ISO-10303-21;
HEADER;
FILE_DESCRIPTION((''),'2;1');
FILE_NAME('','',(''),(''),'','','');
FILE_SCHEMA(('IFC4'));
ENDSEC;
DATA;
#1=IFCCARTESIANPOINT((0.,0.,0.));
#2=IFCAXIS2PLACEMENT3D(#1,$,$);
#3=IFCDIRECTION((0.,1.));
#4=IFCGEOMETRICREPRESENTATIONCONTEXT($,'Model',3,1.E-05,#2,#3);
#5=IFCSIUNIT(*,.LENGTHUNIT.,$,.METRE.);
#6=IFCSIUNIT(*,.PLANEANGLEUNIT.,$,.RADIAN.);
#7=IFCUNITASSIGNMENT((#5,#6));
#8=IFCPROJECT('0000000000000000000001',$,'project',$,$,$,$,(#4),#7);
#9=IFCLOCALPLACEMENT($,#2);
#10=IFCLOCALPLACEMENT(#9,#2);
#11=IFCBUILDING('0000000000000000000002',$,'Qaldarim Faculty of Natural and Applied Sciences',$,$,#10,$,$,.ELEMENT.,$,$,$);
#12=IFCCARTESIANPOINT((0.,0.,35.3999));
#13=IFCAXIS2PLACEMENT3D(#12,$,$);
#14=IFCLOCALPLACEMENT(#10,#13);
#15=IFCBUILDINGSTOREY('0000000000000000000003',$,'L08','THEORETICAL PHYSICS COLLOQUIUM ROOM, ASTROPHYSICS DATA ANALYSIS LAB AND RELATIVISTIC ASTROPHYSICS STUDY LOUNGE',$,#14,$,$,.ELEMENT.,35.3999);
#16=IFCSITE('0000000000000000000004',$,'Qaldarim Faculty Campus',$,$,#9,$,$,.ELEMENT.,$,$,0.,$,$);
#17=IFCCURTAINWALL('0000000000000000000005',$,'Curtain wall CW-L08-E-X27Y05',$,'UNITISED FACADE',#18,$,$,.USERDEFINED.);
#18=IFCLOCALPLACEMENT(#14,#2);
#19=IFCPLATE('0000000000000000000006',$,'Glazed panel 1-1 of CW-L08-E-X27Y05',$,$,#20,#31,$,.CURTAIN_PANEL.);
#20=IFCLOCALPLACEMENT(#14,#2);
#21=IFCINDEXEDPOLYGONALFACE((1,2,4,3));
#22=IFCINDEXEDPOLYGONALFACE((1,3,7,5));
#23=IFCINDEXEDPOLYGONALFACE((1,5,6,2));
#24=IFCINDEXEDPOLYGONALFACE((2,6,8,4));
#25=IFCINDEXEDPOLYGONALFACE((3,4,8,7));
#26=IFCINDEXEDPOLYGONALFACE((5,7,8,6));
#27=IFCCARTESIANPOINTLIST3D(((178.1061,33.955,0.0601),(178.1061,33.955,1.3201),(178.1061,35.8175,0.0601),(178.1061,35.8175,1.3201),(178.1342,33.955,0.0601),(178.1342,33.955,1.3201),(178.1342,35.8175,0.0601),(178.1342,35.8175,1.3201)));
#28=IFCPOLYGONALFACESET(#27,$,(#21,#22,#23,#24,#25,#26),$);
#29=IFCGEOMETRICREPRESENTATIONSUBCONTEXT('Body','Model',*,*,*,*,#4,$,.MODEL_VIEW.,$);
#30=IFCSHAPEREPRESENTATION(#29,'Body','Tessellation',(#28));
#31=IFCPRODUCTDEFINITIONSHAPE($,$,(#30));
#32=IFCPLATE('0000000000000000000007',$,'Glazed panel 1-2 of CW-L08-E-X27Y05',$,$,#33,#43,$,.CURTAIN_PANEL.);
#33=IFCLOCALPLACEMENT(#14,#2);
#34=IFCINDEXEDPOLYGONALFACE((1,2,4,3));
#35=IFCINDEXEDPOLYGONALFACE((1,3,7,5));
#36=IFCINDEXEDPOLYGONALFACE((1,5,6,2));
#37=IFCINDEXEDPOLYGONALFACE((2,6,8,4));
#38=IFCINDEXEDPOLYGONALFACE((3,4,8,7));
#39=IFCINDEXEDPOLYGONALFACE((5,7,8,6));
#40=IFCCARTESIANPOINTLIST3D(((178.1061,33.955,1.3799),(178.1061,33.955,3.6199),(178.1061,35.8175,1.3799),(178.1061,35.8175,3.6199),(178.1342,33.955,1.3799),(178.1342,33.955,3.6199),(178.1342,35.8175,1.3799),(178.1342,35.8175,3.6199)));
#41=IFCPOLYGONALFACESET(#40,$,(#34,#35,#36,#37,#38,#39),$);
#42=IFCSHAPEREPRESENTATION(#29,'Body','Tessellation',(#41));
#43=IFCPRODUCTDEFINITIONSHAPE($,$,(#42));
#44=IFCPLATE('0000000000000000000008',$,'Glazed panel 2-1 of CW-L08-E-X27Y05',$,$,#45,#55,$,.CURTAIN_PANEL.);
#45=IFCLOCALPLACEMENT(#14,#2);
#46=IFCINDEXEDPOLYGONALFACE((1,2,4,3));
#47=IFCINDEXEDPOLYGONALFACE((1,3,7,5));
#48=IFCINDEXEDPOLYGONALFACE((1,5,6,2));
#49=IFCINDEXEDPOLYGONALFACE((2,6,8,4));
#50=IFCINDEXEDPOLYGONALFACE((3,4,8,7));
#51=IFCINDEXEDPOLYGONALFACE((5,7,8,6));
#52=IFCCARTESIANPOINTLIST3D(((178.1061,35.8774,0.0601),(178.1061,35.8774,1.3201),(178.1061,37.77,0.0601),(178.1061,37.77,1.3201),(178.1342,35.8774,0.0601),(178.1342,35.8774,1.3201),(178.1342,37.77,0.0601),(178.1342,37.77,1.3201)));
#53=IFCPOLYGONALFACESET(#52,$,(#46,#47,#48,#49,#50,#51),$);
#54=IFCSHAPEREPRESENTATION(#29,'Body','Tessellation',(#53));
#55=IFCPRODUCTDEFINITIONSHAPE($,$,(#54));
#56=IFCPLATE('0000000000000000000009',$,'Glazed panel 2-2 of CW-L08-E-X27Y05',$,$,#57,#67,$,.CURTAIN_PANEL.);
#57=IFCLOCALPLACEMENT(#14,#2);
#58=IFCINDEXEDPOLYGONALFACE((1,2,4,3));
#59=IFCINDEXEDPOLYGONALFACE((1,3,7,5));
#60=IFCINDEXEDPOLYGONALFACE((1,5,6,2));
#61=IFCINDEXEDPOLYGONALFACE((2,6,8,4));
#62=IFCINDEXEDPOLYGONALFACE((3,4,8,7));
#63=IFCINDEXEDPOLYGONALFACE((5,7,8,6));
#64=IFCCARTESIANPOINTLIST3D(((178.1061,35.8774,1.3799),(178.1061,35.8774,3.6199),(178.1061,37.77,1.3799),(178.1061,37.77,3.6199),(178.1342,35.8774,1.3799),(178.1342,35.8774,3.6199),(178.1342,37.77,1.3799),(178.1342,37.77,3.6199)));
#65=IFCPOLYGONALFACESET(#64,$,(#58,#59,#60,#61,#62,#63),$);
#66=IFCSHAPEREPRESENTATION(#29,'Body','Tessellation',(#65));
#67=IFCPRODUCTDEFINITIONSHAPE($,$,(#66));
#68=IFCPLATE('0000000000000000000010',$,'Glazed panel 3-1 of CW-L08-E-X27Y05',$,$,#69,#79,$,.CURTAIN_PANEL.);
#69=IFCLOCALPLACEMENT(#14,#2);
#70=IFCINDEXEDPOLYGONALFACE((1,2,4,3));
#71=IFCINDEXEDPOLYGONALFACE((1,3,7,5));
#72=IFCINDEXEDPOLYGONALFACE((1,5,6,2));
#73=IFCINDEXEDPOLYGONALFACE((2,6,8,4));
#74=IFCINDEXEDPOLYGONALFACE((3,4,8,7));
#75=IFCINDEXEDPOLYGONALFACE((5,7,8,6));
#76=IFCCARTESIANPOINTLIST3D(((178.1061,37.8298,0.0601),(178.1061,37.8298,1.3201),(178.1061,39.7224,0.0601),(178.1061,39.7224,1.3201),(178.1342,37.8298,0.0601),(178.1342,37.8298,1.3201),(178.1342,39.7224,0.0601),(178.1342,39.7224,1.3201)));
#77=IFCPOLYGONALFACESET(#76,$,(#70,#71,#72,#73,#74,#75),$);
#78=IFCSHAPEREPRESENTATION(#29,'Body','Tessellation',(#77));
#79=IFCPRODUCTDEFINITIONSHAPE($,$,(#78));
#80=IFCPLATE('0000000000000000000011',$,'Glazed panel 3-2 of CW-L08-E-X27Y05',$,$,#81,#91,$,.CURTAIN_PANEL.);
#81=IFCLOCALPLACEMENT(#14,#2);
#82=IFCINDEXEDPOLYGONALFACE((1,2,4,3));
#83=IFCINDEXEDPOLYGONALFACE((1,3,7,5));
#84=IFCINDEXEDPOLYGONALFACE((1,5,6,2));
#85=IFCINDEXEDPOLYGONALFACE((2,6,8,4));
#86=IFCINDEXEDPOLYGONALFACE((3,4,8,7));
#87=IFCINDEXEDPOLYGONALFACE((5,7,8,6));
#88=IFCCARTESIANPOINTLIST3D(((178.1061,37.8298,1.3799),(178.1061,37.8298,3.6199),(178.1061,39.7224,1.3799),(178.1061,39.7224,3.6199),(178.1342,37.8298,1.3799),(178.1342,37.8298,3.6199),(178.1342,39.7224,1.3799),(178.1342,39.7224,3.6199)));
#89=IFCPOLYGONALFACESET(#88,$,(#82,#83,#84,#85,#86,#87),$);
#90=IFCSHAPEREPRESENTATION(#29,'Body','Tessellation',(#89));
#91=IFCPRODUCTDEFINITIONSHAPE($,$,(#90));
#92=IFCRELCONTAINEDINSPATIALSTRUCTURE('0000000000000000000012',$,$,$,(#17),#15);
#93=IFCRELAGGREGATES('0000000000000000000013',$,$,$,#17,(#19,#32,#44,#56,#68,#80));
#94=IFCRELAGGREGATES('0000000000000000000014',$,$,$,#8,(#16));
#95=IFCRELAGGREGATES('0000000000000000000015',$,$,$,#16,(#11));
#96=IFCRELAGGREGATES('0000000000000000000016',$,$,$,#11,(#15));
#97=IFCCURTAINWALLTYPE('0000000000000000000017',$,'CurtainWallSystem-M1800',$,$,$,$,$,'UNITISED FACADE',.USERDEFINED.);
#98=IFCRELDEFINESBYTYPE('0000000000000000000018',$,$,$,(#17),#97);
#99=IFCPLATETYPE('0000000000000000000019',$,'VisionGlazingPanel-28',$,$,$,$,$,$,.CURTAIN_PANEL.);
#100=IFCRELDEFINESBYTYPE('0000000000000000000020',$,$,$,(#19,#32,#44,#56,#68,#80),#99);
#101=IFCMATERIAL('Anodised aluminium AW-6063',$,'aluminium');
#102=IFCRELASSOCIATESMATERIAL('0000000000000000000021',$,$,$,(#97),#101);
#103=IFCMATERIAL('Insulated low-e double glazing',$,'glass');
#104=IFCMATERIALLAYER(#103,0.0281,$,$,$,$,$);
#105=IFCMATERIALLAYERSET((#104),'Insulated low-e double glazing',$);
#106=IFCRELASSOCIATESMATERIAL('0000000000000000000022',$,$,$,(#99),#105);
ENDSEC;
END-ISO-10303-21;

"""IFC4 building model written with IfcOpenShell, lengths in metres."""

from ifc_helpers import new_model, si_unit, direction, frame, origin, origin_2d, place, context, subcontext, project, spatial, rectangle, extrude, material, layer, layer_set, type_object, element, aggregate, save


model = new_model("IFC4")

# Units and contexts
model_context = context("Model", 3, precision=1e-05, world=origin(), true_north=direction((0.0, 1.0)))
body_context = subcontext(model_context, "Body", "Model", "MODEL_VIEW")
ifc_project = project(units=[si_unit("LENGTHUNIT", "METRE"), si_unit("PLANEANGLEUNIT", "RADIAN")], contexts=[model_context])

# Site, building, storey
site_placement = place(None, origin())
site = spatial("IfcSite", under=ifc_project, at=site_placement, Name="Qaldarim Faculty Campus", CompositionType="ELEMENT", RefElevation=0.0)
building_placement = place(site_placement, origin())
building = spatial("IfcBuilding", under=site, at=building_placement, Name="Qaldarim Faculty of Natural and Applied Sciences", CompositionType="ELEMENT")
storey_placement = place(building_placement, frame((0.0, 0.0, 35.3999)))
storey = spatial("IfcBuildingStorey", under=building, at=storey_placement, Name="L08", Description="THEORETICAL PHYSICS COLLOQUIUM ROOM, ASTROPHYSICS DATA ANALYSIS LAB AND RELATIVISTIC ASTROPHYSICS STUDY LOUNGE", CompositionType="ELEMENT", Elevation=35.3999)

# Curtain wall, plates
ifc_material_1 = material(Name="Anodised aluminium AW-6063", Category="aluminium")
curtain_wall_type = type_object("IfcCurtainWallType", Name="CurtainWallSystem-M1800", ElementType="UNITISED FACADE", PredefinedType="USERDEFINED", material=ifc_material_1)
curtain_wall_placement = place(storey_placement, origin())
curtain_wall = element("IfcCurtainWall", 1, at=curtain_wall_placement, inside=storey, type_object=curtain_wall_type, Name="Curtain wall CW-L08-E-X27Y05", ObjectType="UNITISED FACADE", PredefinedType="USERDEFINED")
ifc_material_2 = material(Name="Insulated low-e double glazing", Category="glass")
ifc_layer = layer(ifc_material_2, 0.0281)
ifc_layer_set = layer_set([ifc_layer], Name="Insulated low-e double glazing")
plate_type = type_object("IfcPlateType", Name="VisionGlazingPanel-28", PredefinedType="CURTAIN_PANEL", material=ifc_layer_set)
plate_1_placement = place(storey_placement, frame((178.1201, 34.8862, 0.0601), z_axis=(0.0, 0.0, 1.0), x_axis=(0.0, 1.0, 0.0)))
plate_1 = element("IfcPlate", 2, at=plate_1_placement, type_object=plate_type, Name="Glazed panel 1-1 of CW-L08-E-X27Y05", PredefinedType="CURTAIN_PANEL", context=body_context, shape_type="SweptSolid", body=[
    extrude(rectangle(XDim=1.8625, YDim=0.0281, at=origin_2d()), origin(), (0.0, 0.0, 1.0), 1.26),
])
plate_2_placement = place(storey_placement, frame((178.1201, 34.8862, 1.3799), z_axis=(0.0, 0.0, 1.0), x_axis=(0.0, 1.0, 0.0)))
plate_2 = element("IfcPlate", 3, at=plate_2_placement, type_object=plate_type, Name="Glazed panel 1-2 of CW-L08-E-X27Y05", PredefinedType="CURTAIN_PANEL", context=body_context, shape_type="SweptSolid", body=[
    extrude(rectangle(XDim=1.8625, YDim=0.0281, at=origin_2d()), origin(), (0.0, 0.0, 1.0), 2.24),
])
plate_3_placement = place(storey_placement, frame((178.1201, 36.8237, 0.0601), z_axis=(0.0, 0.0, 1.0), x_axis=(0.0, 1.0, 0.0)))
plate_3 = element("IfcPlate", 4, at=plate_3_placement, type_object=plate_type, Name="Glazed panel 2-1 of CW-L08-E-X27Y05", PredefinedType="CURTAIN_PANEL", context=body_context, shape_type="SweptSolid", body=[
    extrude(rectangle(XDim=1.8926, YDim=0.0281, at=origin_2d()), origin(), (0.0, 0.0, 1.0), 1.26),
])
plate_4_placement = place(storey_placement, frame((178.1201, 36.8237, 1.3799), z_axis=(0.0, 0.0, 1.0), x_axis=(0.0, 1.0, 0.0)))
plate_4 = element("IfcPlate", 5, at=plate_4_placement, type_object=plate_type, Name="Glazed panel 2-2 of CW-L08-E-X27Y05", PredefinedType="CURTAIN_PANEL", context=body_context, shape_type="SweptSolid", body=[
    extrude(rectangle(XDim=1.8926, YDim=0.0281, at=origin_2d()), origin(), (0.0, 0.0, 1.0), 2.24),
])
plate_5_placement = place(storey_placement, frame((178.1201, 38.7761, 0.0601), z_axis=(0.0, 0.0, 1.0), x_axis=(0.0, 1.0, 0.0)))
plate_5 = element("IfcPlate", 6, at=plate_5_placement, type_object=plate_type, Name="Glazed panel 3-1 of CW-L08-E-X27Y05", PredefinedType="CURTAIN_PANEL", context=body_context, shape_type="SweptSolid", body=[
    extrude(rectangle(XDim=1.8926, YDim=0.0281, at=origin_2d()), origin(), (0.0, 0.0, 1.0), 1.26),
])
plate_6_placement = place(storey_placement, frame((178.1201, 38.7761, 1.3799), z_axis=(0.0, 0.0, 1.0), x_axis=(0.0, 1.0, 0.0)))
plate_6 = element("IfcPlate", 7, at=plate_6_placement, type_object=plate_type, Name="Glazed panel 3-2 of CW-L08-E-X27Y05", PredefinedType="CURTAIN_PANEL", context=body_context, shape_type="SweptSolid", body=[
    extrude(rectangle(XDim=1.8926, YDim=0.0281, at=origin_2d()), origin(), (0.0, 0.0, 1.0), 2.24),
])
aggregate(curtain_wall, [plate_1, plate_2, plate_3, plate_4, plate_5, plate_6])

save(model, "model.ifc")
